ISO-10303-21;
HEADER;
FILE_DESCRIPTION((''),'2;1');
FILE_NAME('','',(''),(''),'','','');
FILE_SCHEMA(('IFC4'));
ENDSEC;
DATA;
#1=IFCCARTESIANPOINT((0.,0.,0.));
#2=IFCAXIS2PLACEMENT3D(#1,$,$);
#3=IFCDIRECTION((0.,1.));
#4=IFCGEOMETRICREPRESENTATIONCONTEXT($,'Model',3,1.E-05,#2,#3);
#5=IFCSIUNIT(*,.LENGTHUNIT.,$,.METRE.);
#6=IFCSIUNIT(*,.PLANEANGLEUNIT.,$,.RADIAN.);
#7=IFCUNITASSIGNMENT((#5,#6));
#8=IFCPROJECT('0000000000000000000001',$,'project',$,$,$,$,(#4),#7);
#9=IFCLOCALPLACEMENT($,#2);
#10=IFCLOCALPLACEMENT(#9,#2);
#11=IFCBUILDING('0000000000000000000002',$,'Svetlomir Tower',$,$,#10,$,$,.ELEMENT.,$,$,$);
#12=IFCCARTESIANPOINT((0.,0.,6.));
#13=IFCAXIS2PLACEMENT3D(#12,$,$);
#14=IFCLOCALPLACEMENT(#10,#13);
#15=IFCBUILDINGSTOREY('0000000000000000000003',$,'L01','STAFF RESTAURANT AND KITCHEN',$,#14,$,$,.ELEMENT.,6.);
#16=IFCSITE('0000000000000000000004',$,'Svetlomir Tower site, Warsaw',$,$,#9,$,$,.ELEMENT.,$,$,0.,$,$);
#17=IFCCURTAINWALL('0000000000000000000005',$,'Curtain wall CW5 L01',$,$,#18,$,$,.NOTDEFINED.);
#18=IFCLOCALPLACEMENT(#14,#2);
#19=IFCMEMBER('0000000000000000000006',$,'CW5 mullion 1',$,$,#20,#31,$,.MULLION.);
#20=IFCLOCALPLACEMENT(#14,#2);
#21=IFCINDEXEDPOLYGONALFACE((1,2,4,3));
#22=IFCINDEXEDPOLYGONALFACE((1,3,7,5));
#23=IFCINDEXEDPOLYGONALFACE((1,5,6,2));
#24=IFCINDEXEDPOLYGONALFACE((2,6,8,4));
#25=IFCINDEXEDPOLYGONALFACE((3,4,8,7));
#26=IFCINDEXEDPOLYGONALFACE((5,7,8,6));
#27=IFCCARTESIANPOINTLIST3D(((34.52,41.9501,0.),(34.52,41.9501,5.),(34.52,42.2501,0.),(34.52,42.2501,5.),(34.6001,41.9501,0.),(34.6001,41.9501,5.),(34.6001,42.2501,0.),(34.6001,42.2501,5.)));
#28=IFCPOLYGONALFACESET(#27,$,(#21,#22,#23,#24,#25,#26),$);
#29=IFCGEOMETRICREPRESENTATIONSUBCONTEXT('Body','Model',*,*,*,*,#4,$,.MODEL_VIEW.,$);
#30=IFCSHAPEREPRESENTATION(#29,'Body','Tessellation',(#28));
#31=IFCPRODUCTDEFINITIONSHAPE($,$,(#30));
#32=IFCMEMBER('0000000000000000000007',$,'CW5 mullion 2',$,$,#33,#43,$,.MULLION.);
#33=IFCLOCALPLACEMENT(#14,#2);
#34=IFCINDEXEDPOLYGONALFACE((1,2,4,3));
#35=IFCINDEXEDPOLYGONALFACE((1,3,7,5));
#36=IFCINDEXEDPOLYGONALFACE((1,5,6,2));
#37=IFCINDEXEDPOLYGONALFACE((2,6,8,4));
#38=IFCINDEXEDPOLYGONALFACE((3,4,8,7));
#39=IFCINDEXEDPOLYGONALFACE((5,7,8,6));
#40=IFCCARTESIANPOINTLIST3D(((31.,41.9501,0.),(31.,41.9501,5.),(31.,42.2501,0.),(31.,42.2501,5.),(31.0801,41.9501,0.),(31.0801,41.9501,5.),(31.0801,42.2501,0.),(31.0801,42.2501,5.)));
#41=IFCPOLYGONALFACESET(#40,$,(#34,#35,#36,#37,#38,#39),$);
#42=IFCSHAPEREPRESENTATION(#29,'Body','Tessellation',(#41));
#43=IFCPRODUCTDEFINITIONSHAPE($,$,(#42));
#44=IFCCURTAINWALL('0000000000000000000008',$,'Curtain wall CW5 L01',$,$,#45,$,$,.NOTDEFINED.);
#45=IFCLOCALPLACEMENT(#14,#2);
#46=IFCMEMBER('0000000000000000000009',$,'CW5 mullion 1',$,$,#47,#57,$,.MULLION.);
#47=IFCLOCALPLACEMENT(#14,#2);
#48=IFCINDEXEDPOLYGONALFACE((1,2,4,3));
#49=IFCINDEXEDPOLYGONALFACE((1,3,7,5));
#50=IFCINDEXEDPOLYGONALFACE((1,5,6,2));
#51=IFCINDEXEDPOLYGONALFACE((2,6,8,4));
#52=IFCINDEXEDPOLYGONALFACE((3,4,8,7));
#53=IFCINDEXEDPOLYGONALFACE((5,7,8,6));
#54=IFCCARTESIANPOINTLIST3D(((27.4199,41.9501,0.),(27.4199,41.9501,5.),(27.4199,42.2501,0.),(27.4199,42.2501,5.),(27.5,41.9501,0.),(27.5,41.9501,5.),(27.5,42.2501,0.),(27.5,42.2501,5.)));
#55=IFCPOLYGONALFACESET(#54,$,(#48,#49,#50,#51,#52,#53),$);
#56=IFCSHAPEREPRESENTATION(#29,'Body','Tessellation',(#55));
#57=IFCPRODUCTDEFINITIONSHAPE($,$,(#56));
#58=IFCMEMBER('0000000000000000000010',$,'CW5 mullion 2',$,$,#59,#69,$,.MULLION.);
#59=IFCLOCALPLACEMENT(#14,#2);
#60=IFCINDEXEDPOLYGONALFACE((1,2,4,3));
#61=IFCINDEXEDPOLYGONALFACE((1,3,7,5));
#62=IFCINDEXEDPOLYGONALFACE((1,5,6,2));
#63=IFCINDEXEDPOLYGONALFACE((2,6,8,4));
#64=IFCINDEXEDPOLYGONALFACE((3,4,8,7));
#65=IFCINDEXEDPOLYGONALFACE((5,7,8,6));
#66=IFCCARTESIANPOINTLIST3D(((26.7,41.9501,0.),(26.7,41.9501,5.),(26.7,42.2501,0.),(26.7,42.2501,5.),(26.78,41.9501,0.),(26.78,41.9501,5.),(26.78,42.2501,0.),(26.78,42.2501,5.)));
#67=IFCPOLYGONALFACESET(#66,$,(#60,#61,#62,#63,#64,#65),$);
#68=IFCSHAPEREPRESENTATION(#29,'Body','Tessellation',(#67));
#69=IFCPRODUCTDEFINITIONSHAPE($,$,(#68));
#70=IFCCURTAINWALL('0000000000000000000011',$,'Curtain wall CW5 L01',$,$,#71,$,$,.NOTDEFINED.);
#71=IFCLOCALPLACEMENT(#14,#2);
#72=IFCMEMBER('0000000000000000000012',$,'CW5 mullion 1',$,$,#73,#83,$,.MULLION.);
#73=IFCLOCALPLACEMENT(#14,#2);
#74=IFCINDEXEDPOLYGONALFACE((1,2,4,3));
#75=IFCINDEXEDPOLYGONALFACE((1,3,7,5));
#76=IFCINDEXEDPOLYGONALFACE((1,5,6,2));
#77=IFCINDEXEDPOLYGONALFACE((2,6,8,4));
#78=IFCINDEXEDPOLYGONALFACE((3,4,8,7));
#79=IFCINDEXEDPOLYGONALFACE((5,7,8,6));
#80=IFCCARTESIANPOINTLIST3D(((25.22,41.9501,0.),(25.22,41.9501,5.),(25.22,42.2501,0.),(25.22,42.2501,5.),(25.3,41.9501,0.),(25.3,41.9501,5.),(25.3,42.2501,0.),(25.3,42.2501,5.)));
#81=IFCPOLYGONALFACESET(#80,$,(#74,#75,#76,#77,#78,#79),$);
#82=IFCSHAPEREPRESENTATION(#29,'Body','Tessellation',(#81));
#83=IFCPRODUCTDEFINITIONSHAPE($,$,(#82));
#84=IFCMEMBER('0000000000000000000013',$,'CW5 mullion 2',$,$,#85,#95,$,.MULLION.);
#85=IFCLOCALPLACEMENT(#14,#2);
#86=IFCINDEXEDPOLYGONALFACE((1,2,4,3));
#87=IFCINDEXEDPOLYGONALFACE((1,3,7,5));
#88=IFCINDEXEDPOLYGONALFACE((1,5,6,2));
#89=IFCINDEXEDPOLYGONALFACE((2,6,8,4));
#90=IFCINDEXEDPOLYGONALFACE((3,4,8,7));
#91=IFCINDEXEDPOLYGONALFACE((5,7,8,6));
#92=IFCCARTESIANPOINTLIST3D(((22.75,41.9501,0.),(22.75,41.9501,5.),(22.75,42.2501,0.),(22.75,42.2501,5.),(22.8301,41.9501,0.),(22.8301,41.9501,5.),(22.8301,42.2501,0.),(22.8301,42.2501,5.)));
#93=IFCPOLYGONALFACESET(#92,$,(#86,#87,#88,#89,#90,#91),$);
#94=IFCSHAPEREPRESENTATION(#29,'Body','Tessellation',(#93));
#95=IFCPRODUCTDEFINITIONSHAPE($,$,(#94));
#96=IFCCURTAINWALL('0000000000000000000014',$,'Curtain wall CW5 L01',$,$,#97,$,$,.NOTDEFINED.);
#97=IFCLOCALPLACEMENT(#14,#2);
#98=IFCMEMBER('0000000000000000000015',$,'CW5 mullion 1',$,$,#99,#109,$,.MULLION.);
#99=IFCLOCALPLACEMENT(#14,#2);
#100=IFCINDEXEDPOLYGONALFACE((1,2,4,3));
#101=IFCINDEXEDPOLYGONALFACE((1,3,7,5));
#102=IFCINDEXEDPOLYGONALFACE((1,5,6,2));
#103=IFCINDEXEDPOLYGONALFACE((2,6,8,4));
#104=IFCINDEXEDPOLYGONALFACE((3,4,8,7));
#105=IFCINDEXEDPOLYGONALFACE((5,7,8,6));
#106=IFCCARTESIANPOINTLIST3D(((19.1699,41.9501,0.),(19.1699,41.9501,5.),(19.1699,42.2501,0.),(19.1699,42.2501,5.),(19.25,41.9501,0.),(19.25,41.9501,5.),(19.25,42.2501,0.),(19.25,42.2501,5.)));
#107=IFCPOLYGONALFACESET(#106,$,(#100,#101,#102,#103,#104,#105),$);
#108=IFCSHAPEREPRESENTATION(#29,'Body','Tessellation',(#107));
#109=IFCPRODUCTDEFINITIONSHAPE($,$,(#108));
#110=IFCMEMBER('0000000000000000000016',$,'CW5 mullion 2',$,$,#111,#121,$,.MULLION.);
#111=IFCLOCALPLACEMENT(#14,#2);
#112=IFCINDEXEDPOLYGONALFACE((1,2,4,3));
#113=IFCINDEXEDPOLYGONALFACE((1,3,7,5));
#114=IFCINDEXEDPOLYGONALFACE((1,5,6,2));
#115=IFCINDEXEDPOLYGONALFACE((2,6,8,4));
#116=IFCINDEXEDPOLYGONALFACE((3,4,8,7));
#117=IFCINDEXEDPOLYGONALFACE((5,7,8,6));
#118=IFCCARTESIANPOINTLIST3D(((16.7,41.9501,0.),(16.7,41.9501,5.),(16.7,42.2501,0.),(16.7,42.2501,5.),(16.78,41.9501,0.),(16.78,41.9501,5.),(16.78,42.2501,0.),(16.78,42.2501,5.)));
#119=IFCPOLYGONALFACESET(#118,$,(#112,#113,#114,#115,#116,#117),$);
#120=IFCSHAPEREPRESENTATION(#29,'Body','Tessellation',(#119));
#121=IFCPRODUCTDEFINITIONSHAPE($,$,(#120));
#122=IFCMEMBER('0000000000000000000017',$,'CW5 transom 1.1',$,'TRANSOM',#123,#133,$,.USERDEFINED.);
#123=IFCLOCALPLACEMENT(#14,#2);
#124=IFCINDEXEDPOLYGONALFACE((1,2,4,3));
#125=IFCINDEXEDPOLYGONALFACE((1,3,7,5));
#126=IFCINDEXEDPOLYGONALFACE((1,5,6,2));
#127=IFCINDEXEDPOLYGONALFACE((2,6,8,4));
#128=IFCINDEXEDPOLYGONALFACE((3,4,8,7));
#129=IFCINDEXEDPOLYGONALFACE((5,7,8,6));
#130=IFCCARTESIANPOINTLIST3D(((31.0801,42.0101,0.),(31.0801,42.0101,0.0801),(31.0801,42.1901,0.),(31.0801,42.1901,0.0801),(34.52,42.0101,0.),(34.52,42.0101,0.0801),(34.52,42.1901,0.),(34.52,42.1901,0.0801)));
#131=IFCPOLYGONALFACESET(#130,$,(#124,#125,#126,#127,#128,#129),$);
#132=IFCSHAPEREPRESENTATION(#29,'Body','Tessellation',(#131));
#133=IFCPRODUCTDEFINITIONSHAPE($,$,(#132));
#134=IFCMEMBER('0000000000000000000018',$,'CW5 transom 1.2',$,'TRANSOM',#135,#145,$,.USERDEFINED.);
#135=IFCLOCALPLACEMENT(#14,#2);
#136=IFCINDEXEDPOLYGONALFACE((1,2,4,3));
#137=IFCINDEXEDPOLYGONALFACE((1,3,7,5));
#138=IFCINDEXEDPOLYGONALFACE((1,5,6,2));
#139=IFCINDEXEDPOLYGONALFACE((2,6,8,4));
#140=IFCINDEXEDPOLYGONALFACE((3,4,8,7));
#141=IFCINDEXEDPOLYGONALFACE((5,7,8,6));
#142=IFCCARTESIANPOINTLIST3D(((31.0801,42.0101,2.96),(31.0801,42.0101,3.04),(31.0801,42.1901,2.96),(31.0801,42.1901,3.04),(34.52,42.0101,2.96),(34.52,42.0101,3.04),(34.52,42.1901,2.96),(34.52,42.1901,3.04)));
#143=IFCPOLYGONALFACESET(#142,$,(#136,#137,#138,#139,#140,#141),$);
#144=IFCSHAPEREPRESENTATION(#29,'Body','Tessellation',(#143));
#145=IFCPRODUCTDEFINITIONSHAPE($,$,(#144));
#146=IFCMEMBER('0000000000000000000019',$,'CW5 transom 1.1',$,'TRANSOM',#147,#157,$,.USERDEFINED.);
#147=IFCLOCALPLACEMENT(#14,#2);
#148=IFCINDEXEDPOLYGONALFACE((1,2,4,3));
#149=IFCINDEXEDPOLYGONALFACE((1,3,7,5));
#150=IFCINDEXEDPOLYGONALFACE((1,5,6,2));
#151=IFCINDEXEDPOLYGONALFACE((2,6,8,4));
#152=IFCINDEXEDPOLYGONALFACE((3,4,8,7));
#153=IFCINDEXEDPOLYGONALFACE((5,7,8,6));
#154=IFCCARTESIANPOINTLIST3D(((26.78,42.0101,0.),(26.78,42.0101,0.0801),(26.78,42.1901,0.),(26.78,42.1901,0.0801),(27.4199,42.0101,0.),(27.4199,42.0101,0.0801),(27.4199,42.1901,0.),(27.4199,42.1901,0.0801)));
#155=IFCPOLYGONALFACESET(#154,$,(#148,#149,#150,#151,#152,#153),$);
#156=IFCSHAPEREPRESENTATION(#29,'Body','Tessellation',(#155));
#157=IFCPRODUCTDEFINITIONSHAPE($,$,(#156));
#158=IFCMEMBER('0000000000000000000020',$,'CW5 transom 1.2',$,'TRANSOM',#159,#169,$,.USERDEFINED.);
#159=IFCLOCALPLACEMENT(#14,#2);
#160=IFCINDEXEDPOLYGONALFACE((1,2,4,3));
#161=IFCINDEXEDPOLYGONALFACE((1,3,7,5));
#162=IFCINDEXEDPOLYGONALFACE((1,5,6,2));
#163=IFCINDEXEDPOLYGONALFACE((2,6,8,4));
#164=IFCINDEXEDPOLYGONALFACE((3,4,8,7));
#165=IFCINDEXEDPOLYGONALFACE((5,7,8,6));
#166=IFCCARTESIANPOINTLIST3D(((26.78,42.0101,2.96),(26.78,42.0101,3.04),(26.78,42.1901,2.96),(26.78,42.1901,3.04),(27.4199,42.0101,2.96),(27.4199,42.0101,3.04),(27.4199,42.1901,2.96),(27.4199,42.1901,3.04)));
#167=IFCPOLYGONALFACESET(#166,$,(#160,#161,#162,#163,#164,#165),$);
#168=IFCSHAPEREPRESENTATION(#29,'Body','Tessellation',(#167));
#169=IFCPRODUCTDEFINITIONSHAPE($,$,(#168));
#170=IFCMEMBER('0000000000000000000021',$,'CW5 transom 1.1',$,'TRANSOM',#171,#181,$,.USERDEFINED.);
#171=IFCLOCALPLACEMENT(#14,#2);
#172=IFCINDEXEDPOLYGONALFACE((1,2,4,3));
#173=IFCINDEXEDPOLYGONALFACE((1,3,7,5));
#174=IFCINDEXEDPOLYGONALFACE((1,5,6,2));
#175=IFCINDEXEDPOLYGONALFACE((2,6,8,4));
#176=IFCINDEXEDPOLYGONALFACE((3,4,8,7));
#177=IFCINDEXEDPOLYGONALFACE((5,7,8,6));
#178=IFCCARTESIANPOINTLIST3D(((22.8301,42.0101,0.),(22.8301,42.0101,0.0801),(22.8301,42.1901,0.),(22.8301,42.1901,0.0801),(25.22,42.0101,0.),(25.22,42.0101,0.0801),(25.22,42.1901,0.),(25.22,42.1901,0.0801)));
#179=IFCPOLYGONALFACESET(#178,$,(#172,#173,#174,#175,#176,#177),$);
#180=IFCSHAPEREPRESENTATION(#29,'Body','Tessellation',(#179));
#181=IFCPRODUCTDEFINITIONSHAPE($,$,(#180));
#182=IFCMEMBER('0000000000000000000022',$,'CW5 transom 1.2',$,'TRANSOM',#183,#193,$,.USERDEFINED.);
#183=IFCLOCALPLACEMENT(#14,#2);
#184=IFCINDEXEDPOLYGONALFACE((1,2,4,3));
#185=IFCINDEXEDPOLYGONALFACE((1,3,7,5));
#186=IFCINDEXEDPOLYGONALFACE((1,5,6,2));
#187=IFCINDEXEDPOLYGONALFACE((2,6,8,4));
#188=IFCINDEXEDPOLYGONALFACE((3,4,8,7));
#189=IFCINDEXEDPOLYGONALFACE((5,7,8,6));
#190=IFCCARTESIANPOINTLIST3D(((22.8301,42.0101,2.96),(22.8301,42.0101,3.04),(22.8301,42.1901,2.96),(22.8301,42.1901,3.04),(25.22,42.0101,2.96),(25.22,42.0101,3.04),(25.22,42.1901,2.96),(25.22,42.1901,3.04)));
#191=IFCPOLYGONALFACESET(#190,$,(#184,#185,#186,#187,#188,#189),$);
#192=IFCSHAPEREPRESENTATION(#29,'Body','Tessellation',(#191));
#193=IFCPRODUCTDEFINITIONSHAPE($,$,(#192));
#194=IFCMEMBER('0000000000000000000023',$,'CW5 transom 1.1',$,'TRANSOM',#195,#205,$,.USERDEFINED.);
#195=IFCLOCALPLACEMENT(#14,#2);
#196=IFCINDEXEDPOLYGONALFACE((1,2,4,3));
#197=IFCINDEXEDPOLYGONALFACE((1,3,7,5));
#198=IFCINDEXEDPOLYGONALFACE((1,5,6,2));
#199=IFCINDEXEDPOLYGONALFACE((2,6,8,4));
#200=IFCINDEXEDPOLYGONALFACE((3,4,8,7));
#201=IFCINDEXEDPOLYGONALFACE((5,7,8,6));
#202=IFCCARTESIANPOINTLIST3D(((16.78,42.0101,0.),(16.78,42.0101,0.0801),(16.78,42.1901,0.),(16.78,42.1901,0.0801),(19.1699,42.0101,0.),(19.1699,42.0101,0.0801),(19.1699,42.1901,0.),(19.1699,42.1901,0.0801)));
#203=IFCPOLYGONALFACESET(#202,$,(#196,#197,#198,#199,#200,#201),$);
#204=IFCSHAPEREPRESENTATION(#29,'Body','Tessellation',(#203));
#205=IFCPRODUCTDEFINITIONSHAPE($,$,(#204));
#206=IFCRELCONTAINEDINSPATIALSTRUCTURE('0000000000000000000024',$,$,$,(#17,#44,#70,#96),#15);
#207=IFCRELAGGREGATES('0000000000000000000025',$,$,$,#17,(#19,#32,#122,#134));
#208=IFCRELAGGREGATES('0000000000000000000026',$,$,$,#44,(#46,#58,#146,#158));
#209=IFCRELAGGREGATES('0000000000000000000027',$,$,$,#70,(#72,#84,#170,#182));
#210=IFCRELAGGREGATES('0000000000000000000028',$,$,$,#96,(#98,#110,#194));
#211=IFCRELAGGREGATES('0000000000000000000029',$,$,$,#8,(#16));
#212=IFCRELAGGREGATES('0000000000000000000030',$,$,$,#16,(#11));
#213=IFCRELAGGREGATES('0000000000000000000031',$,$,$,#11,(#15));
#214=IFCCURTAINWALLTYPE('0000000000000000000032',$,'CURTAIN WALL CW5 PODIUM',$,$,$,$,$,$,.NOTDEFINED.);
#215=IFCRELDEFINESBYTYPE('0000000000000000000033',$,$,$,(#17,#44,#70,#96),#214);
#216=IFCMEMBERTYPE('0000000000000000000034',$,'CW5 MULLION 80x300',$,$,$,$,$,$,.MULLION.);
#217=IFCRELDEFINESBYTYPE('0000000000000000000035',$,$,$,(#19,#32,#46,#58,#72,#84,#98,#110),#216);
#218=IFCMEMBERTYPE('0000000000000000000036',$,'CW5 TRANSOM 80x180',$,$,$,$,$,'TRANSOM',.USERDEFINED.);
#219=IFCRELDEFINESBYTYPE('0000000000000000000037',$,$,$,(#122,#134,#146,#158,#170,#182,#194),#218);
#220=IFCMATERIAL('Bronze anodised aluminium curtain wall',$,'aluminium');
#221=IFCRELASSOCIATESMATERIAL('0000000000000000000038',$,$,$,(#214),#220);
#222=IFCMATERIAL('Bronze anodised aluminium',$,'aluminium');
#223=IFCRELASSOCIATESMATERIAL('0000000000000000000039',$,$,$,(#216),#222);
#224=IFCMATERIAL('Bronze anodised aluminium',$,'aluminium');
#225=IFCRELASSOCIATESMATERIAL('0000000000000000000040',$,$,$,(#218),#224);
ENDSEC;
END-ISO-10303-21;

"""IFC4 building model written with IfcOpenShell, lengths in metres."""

from ifc_helpers import new_model, si_unit, direction, frame, origin, origin_2d, place, context, subcontext, project, spatial, rectangle, extrude, material, material_profile, profile_set, type_object, element, aggregate, save


model = new_model("IFC4")

# Units and contexts
model_context = context("Model", 3, precision=1e-05, world=origin(), true_north=direction((0.0, 1.0)))
body_context = subcontext(model_context, "Body", "Model", "MODEL_VIEW")
ifc_project = project(units=[si_unit("LENGTHUNIT", "METRE"), si_unit("PLANEANGLEUNIT", "RADIAN")], contexts=[model_context])

# Site, building, storey
site_placement = place(None, origin())
site = spatial("IfcSite", under=ifc_project, at=site_placement, Name="Svetlomir Tower site, Warsaw", CompositionType="ELEMENT", RefElevation=0.0)
building_placement = place(site_placement, origin())
building = spatial("IfcBuilding", under=site, at=building_placement, Name="Svetlomir Tower", CompositionType="ELEMENT")
storey_placement = place(building_placement, frame((0.0, 0.0, 6.0)))
storey = spatial("IfcBuildingStorey", under=building, at=storey_placement, Name="L01", Description="STAFF RESTAURANT AND KITCHEN", CompositionType="ELEMENT", Elevation=6.0)

# Curtain walls, members
ifc_material_1 = material(Name="Bronze anodised aluminium curtain wall", Category="aluminium")
curtain_wall_type = type_object("IfcCurtainWallType", Name="CURTAIN WALL CW5 PODIUM", PredefinedType="NOTDEFINED", material=ifc_material_1)
curtain_wall_1_placement = place(storey_placement, origin())
curtain_wall_1 = element("IfcCurtainWall", 1, at=curtain_wall_1_placement, inside=storey, type_object=curtain_wall_type, Name="Curtain wall CW5 L01", PredefinedType="NOTDEFINED")
ifc_material_2 = material(Name="Bronze anodised aluminium", Category="aluminium")
ifc_material_profile_1 = material_profile(ifc_material_2, rectangle(XDim=0.0801, YDim=0.3, at=origin_2d()), Name="AL 80x300")
ifc_profile_set_1 = profile_set([ifc_material_profile_1], Name="Bronze anodised aluminium 6063-T6")
member_type_1 = type_object("IfcMemberType", Name="CW5 MULLION 80x300", PredefinedType="MULLION", material=ifc_profile_set_1)
member_1_placement = place(storey_placement, frame((34.5601, 42.1001, 0.0), z_axis=(0.0, 0.0, 1.0), x_axis=(-1.0, 0.0, 0.0)))
member_1 = element("IfcMember", 2, at=member_1_placement, type_object=member_type_1, Name="CW5 mullion 1", PredefinedType="MULLION", context=body_context, shape_type="SweptSolid", body=[
    extrude(rectangle(XDim=0.0801, YDim=0.3, at=origin_2d()), origin(), (0.0, 0.0, 1.0), 5.0),
])
member_2_placement = place(storey_placement, frame((31.04, 42.1001, 0.0), z_axis=(0.0, 0.0, 1.0), x_axis=(-1.0, 0.0, 0.0)))
member_2 = element("IfcMember", 3, at=member_2_placement, type_object=member_type_1, Name="CW5 mullion 2", PredefinedType="MULLION", context=body_context, shape_type="SweptSolid", body=[
    extrude(rectangle(XDim=0.0801, YDim=0.3, at=origin_2d()), origin(), (0.0, 0.0, 1.0), 5.0),
])
curtain_wall_2_placement = place(storey_placement, origin())
curtain_wall_2 = element("IfcCurtainWall", 4, at=curtain_wall_2_placement, inside=storey, type_object=curtain_wall_type, Name="Curtain wall CW5 L01", PredefinedType="NOTDEFINED")
member_3_placement = place(storey_placement, frame((27.46, 42.1001, 0.0), z_axis=(0.0, 0.0, 1.0), x_axis=(-1.0, 0.0, 0.0)))
member_3 = element("IfcMember", 5, at=member_3_placement, type_object=member_type_1, Name="CW5 mullion 1", PredefinedType="MULLION", context=body_context, shape_type="SweptSolid", body=[
    extrude(rectangle(XDim=0.0801, YDim=0.3, at=origin_2d()), origin(), (0.0, 0.0, 1.0), 5.0),
])
member_4_placement = place(storey_placement, frame((26.74, 42.1001, 0.0), z_axis=(0.0, 0.0, 1.0), x_axis=(-1.0, 0.0, 0.0)))
member_4 = element("IfcMember", 6, at=member_4_placement, type_object=member_type_1, Name="CW5 mullion 2", PredefinedType="MULLION", context=body_context, shape_type="SweptSolid", body=[
    extrude(rectangle(XDim=0.0801, YDim=0.3, at=origin_2d()), origin(), (0.0, 0.0, 1.0), 5.0),
])
curtain_wall_3_placement = place(storey_placement, origin())
curtain_wall_3 = element("IfcCurtainWall", 7, at=curtain_wall_3_placement, inside=storey, type_object=curtain_wall_type, Name="Curtain wall CW5 L01", PredefinedType="NOTDEFINED")
member_5_placement = place(storey_placement, frame((25.26, 42.1001, 0.0), z_axis=(0.0, 0.0, 1.0), x_axis=(-1.0, 0.0, 0.0)))
member_5 = element("IfcMember", 8, at=member_5_placement, type_object=member_type_1, Name="CW5 mullion 1", PredefinedType="MULLION", context=body_context, shape_type="SweptSolid", body=[
    extrude(rectangle(XDim=0.0801, YDim=0.3, at=origin_2d()), origin(), (0.0, 0.0, 1.0), 5.0),
])
member_6_placement = place(storey_placement, frame((22.79, 42.1001, 0.0), z_axis=(0.0, 0.0, 1.0), x_axis=(-1.0, 0.0, 0.0)))
member_6 = element("IfcMember", 9, at=member_6_placement, type_object=member_type_1, Name="CW5 mullion 2", PredefinedType="MULLION", context=body_context, shape_type="SweptSolid", body=[
    extrude(rectangle(XDim=0.0801, YDim=0.3, at=origin_2d()), origin(), (0.0, 0.0, 1.0), 5.0),
])
curtain_wall_4_placement = place(storey_placement, origin())
curtain_wall_4 = element("IfcCurtainWall", 10, at=curtain_wall_4_placement, inside=storey, type_object=curtain_wall_type, Name="Curtain wall CW5 L01", PredefinedType="NOTDEFINED")
member_7_placement = place(storey_placement, frame((19.21, 42.1001, 0.0), z_axis=(0.0, 0.0, 1.0), x_axis=(-1.0, 0.0, 0.0)))
member_7 = element("IfcMember", 11, at=member_7_placement, type_object=member_type_1, Name="CW5 mullion 1", PredefinedType="MULLION", context=body_context, shape_type="SweptSolid", body=[
    extrude(rectangle(XDim=0.0801, YDim=0.3, at=origin_2d()), origin(), (0.0, 0.0, 1.0), 5.0),
])
member_8_placement = place(storey_placement, frame((16.74, 42.1001, 0.0), z_axis=(0.0, 0.0, 1.0), x_axis=(-1.0, 0.0, 0.0)))
member_8 = element("IfcMember", 12, at=member_8_placement, type_object=member_type_1, Name="CW5 mullion 2", PredefinedType="MULLION", context=body_context, shape_type="SweptSolid", body=[
    extrude(rectangle(XDim=0.0801, YDim=0.3, at=origin_2d()), origin(), (0.0, 0.0, 1.0), 5.0),
])

# Members
ifc_material_3 = material(Name="Bronze anodised aluminium", Category="aluminium")
ifc_material_profile_2 = material_profile(ifc_material_3, rectangle(XDim=0.1799, YDim=0.0801, at=origin_2d()), Name="AL 180x80")
ifc_profile_set_2 = profile_set([ifc_material_profile_2], Name="Bronze anodised aluminium 6063-T6")
member_type_2 = type_object("IfcMemberType", Name="CW5 TRANSOM 80x180", ElementType="TRANSOM", PredefinedType="USERDEFINED", material=ifc_profile_set_2)
member_9_placement = place(storey_placement, frame((34.52, 42.1001, 0.04), z_axis=(-1.0, 0.0, 0.0), x_axis=(0.0, -1.0, 0.0)))
member_9 = element("IfcMember", 13, at=member_9_placement, type_object=member_type_2, Name="CW5 transom 1.1", ObjectType="TRANSOM", PredefinedType="USERDEFINED", context=body_context, shape_type="SweptSolid", body=[
    extrude(rectangle(XDim=0.1799, YDim=0.0801, at=origin_2d()), origin(), (0.0, 0.0, 1.0), 3.4399),
])
member_10_placement = place(storey_placement, frame((34.52, 42.1001, 3.0), z_axis=(-1.0, 0.0, 0.0), x_axis=(0.0, -1.0, 0.0)))
member_10 = element("IfcMember", 14, at=member_10_placement, type_object=member_type_2, Name="CW5 transom 1.2", ObjectType="TRANSOM", PredefinedType="USERDEFINED", context=body_context, shape_type="SweptSolid", body=[
    extrude(rectangle(XDim=0.1799, YDim=0.0801, at=origin_2d()), origin(), (0.0, 0.0, 1.0), 3.4399),
])
member_11_placement = place(storey_placement, frame((27.4199, 42.1001, 0.04), z_axis=(-1.0, 0.0, 0.0), x_axis=(0.0, -1.0, 0.0)))
member_11 = element("IfcMember", 15, at=member_11_placement, type_object=member_type_2, Name="CW5 transom 1.1", ObjectType="TRANSOM", PredefinedType="USERDEFINED", context=body_context, shape_type="SweptSolid", body=[
    extrude(rectangle(XDim=0.1799, YDim=0.0801, at=origin_2d()), origin(), (0.0, 0.0, 1.0), 0.6399),
])
member_12_placement = place(storey_placement, frame((27.4199, 42.1001, 3.0), z_axis=(-1.0, 0.0, 0.0), x_axis=(0.0, -1.0, 0.0)))
member_12 = element("IfcMember", 16, at=member_12_placement, type_object=member_type_2, Name="CW5 transom 1.2", ObjectType="TRANSOM", PredefinedType="USERDEFINED", context=body_context, shape_type="SweptSolid", body=[
    extrude(rectangle(XDim=0.1799, YDim=0.0801, at=origin_2d()), origin(), (0.0, 0.0, 1.0), 0.6399),
])
member_13_placement = place(storey_placement, frame((25.22, 42.1001, 0.04), z_axis=(-1.0, 0.0, 0.0), x_axis=(0.0, -1.0, 0.0)))
member_13 = element("IfcMember", 17, at=member_13_placement, type_object=member_type_2, Name="CW5 transom 1.1", ObjectType="TRANSOM", PredefinedType="USERDEFINED", context=body_context, shape_type="SweptSolid", body=[
    extrude(rectangle(XDim=0.1799, YDim=0.0801, at=origin_2d()), origin(), (0.0, 0.0, 1.0), 2.3899),
])
member_14_placement = place(storey_placement, frame((25.22, 42.1001, 3.0), z_axis=(-1.0, 0.0, 0.0), x_axis=(0.0, -1.0, 0.0)))
member_14 = element("IfcMember", 18, at=member_14_placement, type_object=member_type_2, Name="CW5 transom 1.2", ObjectType="TRANSOM", PredefinedType="USERDEFINED", context=body_context, shape_type="SweptSolid", body=[
    extrude(rectangle(XDim=0.1799, YDim=0.0801, at=origin_2d()), origin(), (0.0, 0.0, 1.0), 2.3899),
])
member_15_placement = place(storey_placement, frame((19.1699, 42.1001, 0.04), z_axis=(-1.0, 0.0, 0.0), x_axis=(0.0, -1.0, 0.0)))
member_15 = element("IfcMember", 19, at=member_15_placement, type_object=member_type_2, Name="CW5 transom 1.1", ObjectType="TRANSOM", PredefinedType="USERDEFINED", context=body_context, shape_type="SweptSolid", body=[
    extrude(rectangle(XDim=0.1799, YDim=0.0801, at=origin_2d()), origin(), (0.0, 0.0, 1.0), 2.3899),
])

aggregate(curtain_wall_1, [member_1, member_2, member_9, member_10])
aggregate(curtain_wall_2, [member_3, member_4, member_11, member_12])
aggregate(curtain_wall_3, [member_5, member_6, member_13, member_14])
aggregate(curtain_wall_4, [member_7, member_8, member_15])

save(model, "model.ifc")
